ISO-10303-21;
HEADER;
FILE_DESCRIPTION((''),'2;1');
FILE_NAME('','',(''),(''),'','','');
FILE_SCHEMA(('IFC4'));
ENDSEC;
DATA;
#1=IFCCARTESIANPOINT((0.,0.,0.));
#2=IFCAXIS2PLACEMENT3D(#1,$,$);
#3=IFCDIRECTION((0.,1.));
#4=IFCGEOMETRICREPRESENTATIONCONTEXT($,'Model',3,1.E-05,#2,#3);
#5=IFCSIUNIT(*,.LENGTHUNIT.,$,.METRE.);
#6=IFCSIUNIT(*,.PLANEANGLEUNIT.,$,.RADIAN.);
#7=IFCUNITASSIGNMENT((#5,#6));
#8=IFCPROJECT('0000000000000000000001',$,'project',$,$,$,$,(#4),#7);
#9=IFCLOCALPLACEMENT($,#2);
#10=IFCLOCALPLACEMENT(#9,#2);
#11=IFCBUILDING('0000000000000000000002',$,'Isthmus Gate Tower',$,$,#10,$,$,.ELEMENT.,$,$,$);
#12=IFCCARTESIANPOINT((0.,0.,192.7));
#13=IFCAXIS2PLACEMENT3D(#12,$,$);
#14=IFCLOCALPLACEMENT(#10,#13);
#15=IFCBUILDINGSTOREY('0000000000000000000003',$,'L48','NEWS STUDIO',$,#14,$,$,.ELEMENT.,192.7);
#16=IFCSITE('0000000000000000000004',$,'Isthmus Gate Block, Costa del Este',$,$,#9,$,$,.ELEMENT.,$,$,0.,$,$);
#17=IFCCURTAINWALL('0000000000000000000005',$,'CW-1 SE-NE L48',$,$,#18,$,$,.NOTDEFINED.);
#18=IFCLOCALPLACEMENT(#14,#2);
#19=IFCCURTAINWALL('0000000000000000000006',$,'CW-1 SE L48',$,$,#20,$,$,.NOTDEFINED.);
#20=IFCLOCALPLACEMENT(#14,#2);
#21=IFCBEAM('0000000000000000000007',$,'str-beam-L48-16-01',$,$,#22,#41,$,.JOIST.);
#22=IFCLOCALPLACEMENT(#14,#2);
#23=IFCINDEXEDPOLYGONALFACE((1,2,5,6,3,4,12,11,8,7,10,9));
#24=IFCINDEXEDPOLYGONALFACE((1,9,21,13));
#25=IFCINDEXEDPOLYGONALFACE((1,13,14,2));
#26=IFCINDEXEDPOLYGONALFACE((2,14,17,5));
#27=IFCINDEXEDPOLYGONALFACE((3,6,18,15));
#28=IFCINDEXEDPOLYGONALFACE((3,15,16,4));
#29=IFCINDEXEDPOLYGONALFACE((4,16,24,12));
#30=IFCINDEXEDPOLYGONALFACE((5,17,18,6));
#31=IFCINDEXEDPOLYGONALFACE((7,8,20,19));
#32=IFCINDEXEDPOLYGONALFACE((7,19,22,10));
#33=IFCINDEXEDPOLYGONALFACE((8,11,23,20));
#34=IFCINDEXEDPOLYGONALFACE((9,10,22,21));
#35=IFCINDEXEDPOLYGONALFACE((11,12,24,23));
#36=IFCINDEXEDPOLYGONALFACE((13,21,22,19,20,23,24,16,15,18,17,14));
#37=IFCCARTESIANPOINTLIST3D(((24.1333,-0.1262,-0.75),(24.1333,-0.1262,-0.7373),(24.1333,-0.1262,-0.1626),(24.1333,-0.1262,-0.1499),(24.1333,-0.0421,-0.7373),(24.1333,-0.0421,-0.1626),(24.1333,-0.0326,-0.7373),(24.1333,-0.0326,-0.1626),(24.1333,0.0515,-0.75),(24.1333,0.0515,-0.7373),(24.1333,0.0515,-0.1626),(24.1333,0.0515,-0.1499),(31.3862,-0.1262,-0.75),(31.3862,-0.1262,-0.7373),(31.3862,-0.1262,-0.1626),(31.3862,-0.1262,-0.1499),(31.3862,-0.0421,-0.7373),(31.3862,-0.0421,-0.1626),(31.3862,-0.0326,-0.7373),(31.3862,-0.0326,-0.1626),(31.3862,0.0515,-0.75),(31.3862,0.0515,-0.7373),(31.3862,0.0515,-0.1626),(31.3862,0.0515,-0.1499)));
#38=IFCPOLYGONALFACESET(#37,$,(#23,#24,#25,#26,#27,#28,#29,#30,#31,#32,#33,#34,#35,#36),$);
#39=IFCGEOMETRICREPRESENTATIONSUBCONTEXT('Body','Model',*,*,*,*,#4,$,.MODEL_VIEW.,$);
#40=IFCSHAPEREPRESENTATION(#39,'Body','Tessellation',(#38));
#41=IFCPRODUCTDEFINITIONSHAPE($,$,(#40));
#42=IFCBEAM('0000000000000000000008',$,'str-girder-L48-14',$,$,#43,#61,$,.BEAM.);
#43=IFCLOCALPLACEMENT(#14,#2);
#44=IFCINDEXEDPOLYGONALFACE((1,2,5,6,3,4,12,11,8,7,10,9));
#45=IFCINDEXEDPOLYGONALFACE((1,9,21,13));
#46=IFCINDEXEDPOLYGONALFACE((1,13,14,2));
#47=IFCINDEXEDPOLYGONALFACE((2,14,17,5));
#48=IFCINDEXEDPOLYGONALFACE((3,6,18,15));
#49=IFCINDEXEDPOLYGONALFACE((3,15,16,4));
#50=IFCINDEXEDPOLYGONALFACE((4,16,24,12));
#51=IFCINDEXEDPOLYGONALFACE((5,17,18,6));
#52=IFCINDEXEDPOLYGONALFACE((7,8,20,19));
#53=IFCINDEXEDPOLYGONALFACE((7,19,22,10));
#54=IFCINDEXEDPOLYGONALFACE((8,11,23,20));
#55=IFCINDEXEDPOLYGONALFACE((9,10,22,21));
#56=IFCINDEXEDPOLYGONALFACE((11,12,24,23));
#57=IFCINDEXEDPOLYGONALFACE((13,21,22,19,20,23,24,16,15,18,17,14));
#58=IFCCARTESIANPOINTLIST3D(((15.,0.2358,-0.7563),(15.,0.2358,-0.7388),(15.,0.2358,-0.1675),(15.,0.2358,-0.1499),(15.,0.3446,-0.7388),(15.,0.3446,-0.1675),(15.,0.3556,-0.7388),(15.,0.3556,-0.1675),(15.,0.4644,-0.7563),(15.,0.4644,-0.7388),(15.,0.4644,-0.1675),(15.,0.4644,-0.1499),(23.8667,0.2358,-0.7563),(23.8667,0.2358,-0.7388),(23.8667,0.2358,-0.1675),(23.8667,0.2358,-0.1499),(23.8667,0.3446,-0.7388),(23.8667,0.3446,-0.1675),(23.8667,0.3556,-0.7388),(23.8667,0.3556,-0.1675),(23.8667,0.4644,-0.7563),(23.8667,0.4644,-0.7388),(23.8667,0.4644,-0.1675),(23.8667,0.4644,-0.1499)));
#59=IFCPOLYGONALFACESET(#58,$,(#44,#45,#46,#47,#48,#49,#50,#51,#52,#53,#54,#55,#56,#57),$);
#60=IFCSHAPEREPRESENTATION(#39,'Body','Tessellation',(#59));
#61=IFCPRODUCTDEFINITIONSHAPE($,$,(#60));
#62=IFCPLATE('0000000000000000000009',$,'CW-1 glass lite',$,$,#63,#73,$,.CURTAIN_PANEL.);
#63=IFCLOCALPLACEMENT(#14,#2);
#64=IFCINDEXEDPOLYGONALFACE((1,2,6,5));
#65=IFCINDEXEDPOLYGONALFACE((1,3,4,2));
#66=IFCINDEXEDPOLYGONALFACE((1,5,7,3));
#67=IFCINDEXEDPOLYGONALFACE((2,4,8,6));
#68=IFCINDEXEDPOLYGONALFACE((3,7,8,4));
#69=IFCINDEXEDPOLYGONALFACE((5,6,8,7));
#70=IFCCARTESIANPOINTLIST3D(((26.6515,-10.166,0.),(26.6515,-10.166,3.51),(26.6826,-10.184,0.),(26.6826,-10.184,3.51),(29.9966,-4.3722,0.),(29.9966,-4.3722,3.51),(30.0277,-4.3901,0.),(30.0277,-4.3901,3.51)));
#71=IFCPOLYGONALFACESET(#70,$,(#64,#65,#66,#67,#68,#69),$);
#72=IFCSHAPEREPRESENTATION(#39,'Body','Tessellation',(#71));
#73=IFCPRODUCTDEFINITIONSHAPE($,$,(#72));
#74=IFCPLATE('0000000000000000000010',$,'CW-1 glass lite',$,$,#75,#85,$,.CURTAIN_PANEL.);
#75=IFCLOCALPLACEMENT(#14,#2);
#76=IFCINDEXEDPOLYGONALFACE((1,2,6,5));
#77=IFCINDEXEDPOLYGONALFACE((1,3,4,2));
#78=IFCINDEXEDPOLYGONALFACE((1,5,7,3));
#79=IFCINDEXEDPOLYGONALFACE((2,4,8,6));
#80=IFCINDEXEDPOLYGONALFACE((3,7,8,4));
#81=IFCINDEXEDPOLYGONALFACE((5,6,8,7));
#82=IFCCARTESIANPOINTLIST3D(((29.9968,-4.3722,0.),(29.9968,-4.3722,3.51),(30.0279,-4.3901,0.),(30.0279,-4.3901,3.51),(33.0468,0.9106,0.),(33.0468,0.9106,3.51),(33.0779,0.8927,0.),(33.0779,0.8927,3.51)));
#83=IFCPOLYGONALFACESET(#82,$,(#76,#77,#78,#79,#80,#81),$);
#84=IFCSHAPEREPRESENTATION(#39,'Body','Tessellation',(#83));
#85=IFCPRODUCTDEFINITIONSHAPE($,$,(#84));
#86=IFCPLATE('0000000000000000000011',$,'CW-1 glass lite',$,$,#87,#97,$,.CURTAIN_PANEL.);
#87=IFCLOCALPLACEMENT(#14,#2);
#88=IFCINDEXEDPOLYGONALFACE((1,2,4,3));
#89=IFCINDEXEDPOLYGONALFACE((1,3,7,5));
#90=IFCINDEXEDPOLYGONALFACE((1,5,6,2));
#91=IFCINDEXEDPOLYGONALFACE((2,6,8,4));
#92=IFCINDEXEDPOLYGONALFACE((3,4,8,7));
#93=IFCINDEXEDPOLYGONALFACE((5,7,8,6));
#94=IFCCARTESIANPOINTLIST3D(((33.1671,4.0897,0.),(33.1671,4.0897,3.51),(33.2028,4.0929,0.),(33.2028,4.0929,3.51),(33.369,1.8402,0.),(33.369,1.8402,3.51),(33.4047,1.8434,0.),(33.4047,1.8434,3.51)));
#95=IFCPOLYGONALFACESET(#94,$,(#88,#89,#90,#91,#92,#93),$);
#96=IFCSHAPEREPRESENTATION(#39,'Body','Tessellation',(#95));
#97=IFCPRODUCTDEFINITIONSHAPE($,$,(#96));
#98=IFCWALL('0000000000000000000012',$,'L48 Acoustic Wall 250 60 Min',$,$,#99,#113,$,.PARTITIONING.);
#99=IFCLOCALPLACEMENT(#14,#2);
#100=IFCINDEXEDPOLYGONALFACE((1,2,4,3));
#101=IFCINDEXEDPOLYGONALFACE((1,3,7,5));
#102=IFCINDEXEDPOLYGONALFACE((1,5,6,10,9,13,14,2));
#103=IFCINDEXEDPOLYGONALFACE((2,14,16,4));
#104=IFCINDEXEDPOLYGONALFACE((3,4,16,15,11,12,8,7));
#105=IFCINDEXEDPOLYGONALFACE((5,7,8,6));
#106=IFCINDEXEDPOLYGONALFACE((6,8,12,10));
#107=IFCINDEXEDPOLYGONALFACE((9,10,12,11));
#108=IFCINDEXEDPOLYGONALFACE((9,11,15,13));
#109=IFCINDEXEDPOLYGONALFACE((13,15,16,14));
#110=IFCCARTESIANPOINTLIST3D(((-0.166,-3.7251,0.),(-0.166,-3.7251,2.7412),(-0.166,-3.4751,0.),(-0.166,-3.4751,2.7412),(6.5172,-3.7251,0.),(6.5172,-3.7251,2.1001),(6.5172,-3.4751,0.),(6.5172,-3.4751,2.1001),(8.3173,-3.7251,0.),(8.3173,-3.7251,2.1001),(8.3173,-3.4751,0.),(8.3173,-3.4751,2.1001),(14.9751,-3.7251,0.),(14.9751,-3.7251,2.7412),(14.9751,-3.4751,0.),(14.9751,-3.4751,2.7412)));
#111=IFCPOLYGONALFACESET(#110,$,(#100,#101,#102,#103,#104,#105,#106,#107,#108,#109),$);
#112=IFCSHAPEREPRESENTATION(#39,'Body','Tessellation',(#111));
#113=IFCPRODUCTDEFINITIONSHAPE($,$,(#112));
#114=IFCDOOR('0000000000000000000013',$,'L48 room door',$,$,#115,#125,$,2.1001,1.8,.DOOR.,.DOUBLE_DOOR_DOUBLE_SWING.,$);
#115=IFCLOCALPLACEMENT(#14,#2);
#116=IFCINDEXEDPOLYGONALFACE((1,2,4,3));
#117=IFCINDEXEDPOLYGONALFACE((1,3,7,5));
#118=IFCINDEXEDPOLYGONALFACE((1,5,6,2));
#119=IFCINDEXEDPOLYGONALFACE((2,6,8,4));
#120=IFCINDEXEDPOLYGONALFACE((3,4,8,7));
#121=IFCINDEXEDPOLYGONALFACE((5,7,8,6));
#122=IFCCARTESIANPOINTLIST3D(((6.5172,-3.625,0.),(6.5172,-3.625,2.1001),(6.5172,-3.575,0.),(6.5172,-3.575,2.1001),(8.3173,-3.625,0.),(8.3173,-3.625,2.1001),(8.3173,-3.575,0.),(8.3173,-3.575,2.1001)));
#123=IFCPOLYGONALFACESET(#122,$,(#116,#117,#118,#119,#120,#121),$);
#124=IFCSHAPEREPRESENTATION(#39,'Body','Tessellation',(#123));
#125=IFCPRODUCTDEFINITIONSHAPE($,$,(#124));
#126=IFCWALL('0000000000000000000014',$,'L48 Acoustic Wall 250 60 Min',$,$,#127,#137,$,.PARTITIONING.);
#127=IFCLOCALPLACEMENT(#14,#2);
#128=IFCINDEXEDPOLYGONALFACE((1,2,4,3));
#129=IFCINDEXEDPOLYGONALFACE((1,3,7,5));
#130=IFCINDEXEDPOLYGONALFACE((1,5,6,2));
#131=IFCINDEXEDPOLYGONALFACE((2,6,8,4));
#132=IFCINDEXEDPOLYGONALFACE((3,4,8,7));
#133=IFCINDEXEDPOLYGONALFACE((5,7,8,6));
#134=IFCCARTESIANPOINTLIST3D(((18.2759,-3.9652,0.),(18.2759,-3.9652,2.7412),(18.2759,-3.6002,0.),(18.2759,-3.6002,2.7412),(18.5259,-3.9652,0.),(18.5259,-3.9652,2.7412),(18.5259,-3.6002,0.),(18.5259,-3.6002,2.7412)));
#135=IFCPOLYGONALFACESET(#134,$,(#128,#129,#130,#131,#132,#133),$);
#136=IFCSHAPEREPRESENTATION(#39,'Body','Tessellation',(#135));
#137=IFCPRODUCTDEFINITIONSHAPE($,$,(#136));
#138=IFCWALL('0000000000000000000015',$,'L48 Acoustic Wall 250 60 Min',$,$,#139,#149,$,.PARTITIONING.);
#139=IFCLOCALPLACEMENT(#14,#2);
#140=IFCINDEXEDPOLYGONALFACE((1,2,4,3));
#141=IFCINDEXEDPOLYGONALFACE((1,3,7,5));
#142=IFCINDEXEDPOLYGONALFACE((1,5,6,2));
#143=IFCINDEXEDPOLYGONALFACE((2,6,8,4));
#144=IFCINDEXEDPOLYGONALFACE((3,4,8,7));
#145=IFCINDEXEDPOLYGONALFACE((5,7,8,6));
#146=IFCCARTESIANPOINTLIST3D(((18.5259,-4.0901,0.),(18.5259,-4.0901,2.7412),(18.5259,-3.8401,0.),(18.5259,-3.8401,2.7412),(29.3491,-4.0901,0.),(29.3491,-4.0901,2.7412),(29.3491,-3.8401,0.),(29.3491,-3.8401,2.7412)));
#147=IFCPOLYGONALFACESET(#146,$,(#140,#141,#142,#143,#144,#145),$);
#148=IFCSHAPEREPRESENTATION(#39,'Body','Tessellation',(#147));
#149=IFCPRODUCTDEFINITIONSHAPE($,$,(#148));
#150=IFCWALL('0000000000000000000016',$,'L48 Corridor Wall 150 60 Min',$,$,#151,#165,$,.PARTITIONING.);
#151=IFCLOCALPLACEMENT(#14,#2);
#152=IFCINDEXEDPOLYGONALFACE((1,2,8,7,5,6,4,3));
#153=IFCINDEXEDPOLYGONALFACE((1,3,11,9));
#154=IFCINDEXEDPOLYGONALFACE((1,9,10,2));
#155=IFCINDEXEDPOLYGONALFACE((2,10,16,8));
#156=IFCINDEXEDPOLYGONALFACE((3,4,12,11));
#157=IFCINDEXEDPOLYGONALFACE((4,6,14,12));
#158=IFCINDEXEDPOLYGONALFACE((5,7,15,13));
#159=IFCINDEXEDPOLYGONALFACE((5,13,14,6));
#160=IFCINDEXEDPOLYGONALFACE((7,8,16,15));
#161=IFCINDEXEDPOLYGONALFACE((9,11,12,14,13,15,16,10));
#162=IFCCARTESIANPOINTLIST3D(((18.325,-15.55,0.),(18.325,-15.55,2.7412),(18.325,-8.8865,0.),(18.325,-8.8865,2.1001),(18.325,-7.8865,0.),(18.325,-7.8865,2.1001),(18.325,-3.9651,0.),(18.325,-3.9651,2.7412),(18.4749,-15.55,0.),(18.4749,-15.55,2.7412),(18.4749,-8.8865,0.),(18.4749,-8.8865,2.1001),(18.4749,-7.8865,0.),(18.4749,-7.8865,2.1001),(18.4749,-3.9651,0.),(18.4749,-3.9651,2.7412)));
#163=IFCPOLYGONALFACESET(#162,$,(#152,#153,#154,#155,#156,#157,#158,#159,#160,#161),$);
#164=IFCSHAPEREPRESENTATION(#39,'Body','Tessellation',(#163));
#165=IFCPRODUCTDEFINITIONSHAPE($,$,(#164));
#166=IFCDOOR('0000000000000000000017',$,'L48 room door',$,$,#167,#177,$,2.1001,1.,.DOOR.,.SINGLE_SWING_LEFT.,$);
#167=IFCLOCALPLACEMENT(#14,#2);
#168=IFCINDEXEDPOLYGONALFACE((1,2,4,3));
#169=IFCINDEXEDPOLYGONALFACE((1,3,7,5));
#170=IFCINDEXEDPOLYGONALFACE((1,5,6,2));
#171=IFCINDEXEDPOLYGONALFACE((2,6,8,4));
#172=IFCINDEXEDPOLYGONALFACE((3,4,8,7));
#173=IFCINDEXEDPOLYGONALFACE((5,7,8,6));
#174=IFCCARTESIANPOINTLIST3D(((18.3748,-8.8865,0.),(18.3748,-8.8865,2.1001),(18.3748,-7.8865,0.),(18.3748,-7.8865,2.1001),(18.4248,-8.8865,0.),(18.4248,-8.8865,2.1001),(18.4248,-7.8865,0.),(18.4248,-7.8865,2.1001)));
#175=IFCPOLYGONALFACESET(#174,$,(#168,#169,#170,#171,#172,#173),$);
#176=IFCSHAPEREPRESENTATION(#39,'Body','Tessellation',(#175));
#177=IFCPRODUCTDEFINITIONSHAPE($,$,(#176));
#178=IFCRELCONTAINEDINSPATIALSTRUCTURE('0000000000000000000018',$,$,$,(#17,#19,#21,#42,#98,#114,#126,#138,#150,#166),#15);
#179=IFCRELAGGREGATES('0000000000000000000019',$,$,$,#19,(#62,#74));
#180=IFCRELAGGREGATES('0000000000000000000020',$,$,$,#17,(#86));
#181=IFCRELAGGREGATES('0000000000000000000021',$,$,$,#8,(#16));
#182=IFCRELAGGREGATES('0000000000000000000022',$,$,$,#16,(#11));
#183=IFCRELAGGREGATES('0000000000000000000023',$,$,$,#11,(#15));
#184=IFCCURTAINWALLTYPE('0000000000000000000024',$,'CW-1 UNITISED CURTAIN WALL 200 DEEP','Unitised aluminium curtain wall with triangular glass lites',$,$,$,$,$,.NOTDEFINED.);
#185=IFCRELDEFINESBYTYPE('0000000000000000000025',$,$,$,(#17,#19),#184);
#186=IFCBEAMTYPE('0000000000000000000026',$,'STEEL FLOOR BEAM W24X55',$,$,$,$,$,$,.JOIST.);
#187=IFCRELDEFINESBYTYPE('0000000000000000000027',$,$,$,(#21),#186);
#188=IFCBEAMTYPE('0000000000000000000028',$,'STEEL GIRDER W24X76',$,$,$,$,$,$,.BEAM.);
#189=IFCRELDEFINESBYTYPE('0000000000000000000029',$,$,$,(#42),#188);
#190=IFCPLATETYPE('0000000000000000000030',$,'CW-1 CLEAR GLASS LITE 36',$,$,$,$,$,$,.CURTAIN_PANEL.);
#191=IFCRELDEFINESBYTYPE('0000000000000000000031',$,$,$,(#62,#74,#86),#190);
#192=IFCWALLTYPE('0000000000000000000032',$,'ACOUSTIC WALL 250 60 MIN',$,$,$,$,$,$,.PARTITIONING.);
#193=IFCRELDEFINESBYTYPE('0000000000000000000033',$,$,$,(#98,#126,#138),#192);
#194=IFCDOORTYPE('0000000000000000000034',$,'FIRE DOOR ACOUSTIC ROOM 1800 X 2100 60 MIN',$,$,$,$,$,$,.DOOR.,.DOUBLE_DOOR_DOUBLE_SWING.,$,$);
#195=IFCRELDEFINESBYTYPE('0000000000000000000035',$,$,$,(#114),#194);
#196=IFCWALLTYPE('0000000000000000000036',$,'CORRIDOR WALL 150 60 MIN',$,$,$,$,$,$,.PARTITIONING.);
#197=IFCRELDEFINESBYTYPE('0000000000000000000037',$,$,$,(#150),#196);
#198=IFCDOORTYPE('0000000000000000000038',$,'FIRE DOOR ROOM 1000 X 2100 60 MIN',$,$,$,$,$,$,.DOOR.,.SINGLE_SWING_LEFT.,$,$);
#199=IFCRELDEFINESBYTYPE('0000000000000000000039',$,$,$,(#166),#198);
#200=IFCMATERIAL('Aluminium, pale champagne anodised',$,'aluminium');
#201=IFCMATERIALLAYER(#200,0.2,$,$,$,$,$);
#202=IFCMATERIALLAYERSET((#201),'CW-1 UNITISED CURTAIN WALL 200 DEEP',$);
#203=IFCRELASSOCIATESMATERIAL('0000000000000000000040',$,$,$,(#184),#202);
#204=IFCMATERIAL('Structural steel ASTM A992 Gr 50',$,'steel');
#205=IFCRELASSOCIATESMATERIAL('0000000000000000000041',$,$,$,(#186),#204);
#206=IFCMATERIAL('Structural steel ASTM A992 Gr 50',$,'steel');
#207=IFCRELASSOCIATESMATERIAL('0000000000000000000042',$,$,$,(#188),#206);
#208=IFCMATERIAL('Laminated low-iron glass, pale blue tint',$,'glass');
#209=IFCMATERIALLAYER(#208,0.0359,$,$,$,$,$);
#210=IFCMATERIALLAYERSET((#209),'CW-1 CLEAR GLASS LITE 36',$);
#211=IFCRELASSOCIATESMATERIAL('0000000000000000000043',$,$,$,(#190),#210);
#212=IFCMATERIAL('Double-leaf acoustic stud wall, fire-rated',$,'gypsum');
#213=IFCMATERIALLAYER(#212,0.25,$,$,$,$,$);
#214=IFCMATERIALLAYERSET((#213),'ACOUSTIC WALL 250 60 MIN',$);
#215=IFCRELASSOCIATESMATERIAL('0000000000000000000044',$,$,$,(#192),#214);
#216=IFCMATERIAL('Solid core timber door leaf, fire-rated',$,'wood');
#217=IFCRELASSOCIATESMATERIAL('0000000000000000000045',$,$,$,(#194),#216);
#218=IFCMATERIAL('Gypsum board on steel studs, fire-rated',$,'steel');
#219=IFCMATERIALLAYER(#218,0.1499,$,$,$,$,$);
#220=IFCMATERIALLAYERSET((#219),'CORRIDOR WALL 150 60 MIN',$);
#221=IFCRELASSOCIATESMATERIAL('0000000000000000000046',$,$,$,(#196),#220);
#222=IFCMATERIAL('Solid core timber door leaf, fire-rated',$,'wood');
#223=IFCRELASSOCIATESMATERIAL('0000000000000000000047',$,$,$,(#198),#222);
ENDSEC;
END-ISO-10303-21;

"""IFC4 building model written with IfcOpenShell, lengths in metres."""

from ifc_helpers import new_model, si_unit, direction, frame, frame_2d, origin, origin_2d, place, context, subcontext, project, spatial, rectangle, i_section, extrude, material, layer, layer_set, material_profile, profile_set, type_object, element, fill, aggregate, save


model = new_model("IFC4")

# Units and contexts
model_context = context("Model", 3, precision=1e-05, world=origin(), true_north=direction((0.0, 1.0)))
body_context = subcontext(model_context, "Body", "Model", "MODEL_VIEW")
ifc_project = project(units=[si_unit("LENGTHUNIT", "METRE"), si_unit("PLANEANGLEUNIT", "RADIAN")], contexts=[model_context])

# Site, building, storey
site_placement = place(None, origin())
site = spatial("IfcSite", under=ifc_project, at=site_placement, Name="Isthmus Gate Block, Costa del Este", CompositionType="ELEMENT", RefElevation=0.0)
building_placement = place(site_placement, origin())
building = spatial("IfcBuilding", under=site, at=building_placement, Name="Isthmus Gate Tower", CompositionType="ELEMENT")
storey_placement = place(building_placement, frame((0.0, 0.0, 192.7)))
storey = spatial("IfcBuildingStorey", under=building, at=storey_placement, Name="L48", Description="NEWS STUDIO", CompositionType="ELEMENT", Elevation=192.7)

# Curtain walls
ifc_material_1 = material(Name="Aluminium, pale champagne anodised", Category="aluminium")
ifc_layer_1 = layer(ifc_material_1, 0.2)
ifc_layer_set_1 = layer_set([ifc_layer_1], Name="CW-1 UNITISED CURTAIN WALL 200 DEEP")
curtain_wall_type = type_object("IfcCurtainWallType", Name="CW-1 UNITISED CURTAIN WALL 200 DEEP", Description="Unitised aluminium curtain wall with triangular glass lites", PredefinedType="NOTDEFINED", material=ifc_layer_set_1)
curtain_wall_1_placement = place(storey_placement, origin())
curtain_wall_1 = element("IfcCurtainWall", 1, at=curtain_wall_1_placement, inside=storey, type_object=curtain_wall_type, Name="CW-1 SE-NE L48", PredefinedType="NOTDEFINED")
curtain_wall_2_placement = place(storey_placement, origin())
curtain_wall_2 = element("IfcCurtainWall", 2, at=curtain_wall_2_placement, inside=storey, type_object=curtain_wall_type, Name="CW-1 SE L48", PredefinedType="NOTDEFINED")

# Beams
ifc_material_2 = material(Name="Structural steel ASTM A992 Gr 50", Category="steel")
ifc_material_profile_1 = material_profile(ifc_material_2, i_section(OverallWidth=0.1777, OverallDepth=0.6001, WebThickness=0.0095, FlangeThickness=0.0127, at=origin_2d()), Name="W24X55")
ifc_profile_set_1 = profile_set([ifc_material_profile_1], Name="Structural steel ASTM A992 Gr 50")
beam_type_1 = type_object("IfcBeamType", Name="STEEL FLOOR BEAM W24X55", PredefinedType="JOIST", material=ifc_profile_set_1)
beam_1_placement = place(storey_placement, frame((24.1333, -0.0374, -0.45), z_axis=(1.0, 0.0, 0.0), x_axis=(0.0, 1.0, 0.0)))
element("IfcBeam", 3, at=beam_1_placement, inside=storey, type_object=beam_type_1, Name="str-beam-L48-16-01", PredefinedType="JOIST", context=body_context, shape_type="SweptSolid", body=[
    extrude(i_section(OverallWidth=0.1777, OverallDepth=0.6001, WebThickness=0.0095, FlangeThickness=0.0127, at=origin_2d()), origin(), (0.0, 0.0, 1.0), 7.2529),
])
ifc_material_3 = material(Name="Structural steel ASTM A992 Gr 50", Category="steel")
ifc_material_profile_2 = material_profile(ifc_material_3, i_section(OverallWidth=0.2285, OverallDepth=0.6064, WebThickness=0.011, FlangeThickness=0.0176, at=origin_2d()), Name="W24X76")
ifc_profile_set_2 = profile_set([ifc_material_profile_2], Name="Structural steel ASTM A992 Gr 50")
beam_type_2 = type_object("IfcBeamType", Name="STEEL GIRDER W24X76", PredefinedType="BEAM", material=ifc_profile_set_2)
beam_2_placement = place(storey_placement, frame((15.0, 0.3501, -0.4531), z_axis=(1.0, 0.0, 0.0), x_axis=(0.0, 1.0, 0.0)))
element("IfcBeam", 4, at=beam_2_placement, inside=storey, type_object=beam_type_2, Name="str-girder-L48-14", PredefinedType="BEAM", context=body_context, shape_type="SweptSolid", body=[
    extrude(i_section(OverallWidth=0.2285, OverallDepth=0.6064, WebThickness=0.011, FlangeThickness=0.0176, at=origin_2d()), origin(), (0.0, 0.0, 1.0), 8.8667),
])

# Plates
ifc_material_4 = material(Name="Laminated low-iron glass, pale blue tint", Category="glass")
ifc_layer_2 = layer(ifc_material_4, 0.0359)
ifc_layer_set_2 = layer_set([ifc_layer_2], Name="CW-1 CLEAR GLASS LITE 36")
plate_type = type_object("IfcPlateType", Name="CW-1 CLEAR GLASS LITE 36", PredefinedType="CURTAIN_PANEL", material=ifc_layer_set_2)
plate_1_placement = place(storey_placement, frame((28.3396, -7.2781, 0.0), z_axis=(0.0, 0.0, 1.0), x_axis=(0.5, 0.866025, 0.0)))
plate_1 = element("IfcPlate", 5, at=plate_1_placement, type_object=plate_type, Name="CW-1 glass lite", PredefinedType="CURTAIN_PANEL", context=body_context, shape_type="SweptSolid", body=[
    extrude(rectangle(XDim=6.6902, YDim=0.0359, at=origin_2d()), origin(), (0.0, 0.0, 1.0), 3.51),
])
plate_2_placement = place(storey_placement, frame((31.5374, -1.7397, 0.0), z_axis=(0.0, 0.0, 1.0), x_axis=(0.5, 0.866025, 0.0)))
plate_2 = element("IfcPlate", 6, at=plate_2_placement, type_object=plate_type, Name="CW-1 glass lite", PredefinedType="CURTAIN_PANEL", context=body_context, shape_type="SweptSolid", body=[
    extrude(rectangle(XDim=6.1001, YDim=0.0359, at=origin_2d()), origin(), (0.0, 0.0, 1.0), 3.51),
])
aggregate(curtain_wall_2, [plate_1, plate_2])
plate_3_placement = place(storey_placement, frame((33.2859, 2.9666, 0.0), z_axis=(0.0, 0.0, 1.0), x_axis=(-0.089397, 0.995996, 0.0)))
plate_3 = element("IfcPlate", 7, at=plate_3_placement, type_object=plate_type, Name="CW-1 glass lite", PredefinedType="CURTAIN_PANEL", context=body_context, shape_type="SweptSolid", body=[
    extrude(rectangle(XDim=2.2585, YDim=0.0359, at=origin_2d()), origin(), (0.0, 0.0, 1.0), 3.51),
])
aggregate(curtain_wall_1, [plate_3])

# Wall, opening, door
ifc_material_5 = material(Name="Double-leaf acoustic stud wall, fire-rated", Category="gypsum")
ifc_layer_3 = layer(ifc_material_5, 0.25)
ifc_layer_set_3 = layer_set([ifc_layer_3], Name="ACOUSTIC WALL 250 60 MIN")
wall_type_1 = type_object("IfcWallType", Name="ACOUSTIC WALL 250 60 MIN", PredefinedType="PARTITIONING", material=ifc_layer_set_3)
wall_1_placement = place(storey_placement, frame((14.9751, -3.6001, 0.0), z_axis=(0.0, 0.0, 1.0), x_axis=(-1.0, 0.0, 0.0)))
wall_1 = element("IfcWall", 8, at=wall_1_placement, inside=storey, type_object=wall_type_1, Name="L48 Acoustic Wall 250 60 Min", PredefinedType="PARTITIONING", context=body_context, shape_type="SweptSolid", body=[
    extrude(rectangle(XDim=15.1411, YDim=0.25, at=frame_2d((7.5706, 0.0))), origin(), (0.0, 0.0, 1.0), 2.7412),
])
opening_1_placement = place(wall_1_placement, frame((6.658, 0.0, 0.0)))
opening_1 = element("IfcOpeningElement", 9, at=opening_1_placement, cuts=wall_1, PredefinedType="OPENING", context=body_context, shape_type="SweptSolid", body=[
    extrude(rectangle(XDim=1.8, YDim=2.1001, at=frame_2d((0.8999, 1.05))), frame((0.0, 0.135, 0.0), z_axis=(0.0, -1.0, 0.0), x_axis=(1.0, 0.0, 0.0)), (0.0, 0.0, 1.0), 0.27),
])
ifc_material_6 = material(Name="Solid core timber door leaf, fire-rated", Category="wood")
door_type_1 = type_object("IfcDoorType", Name="FIRE DOOR ACOUSTIC ROOM 1800 X 2100 60 MIN", OperationType="DOUBLE_DOOR_DOUBLE_SWING", PredefinedType="DOOR", material=ifc_material_6)
door_1_placement = place(opening_1_placement, origin())
door_1 = element("IfcDoor", 10, at=door_1_placement, inside=storey, type_object=door_type_1, Name="L48 room door", OperationType="DOUBLE_DOOR_DOUBLE_SWING", OverallHeight=2.1001, OverallWidth=1.8, PredefinedType="DOOR", context=body_context, shape_type="SweptSolid", body=[
    extrude(rectangle(XDim=1.8, YDim=2.1001, at=frame_2d((0.8999, 1.05))), frame((0.0, 0.0249, 0.0), z_axis=(0.0, -1.0, 0.0), x_axis=(1.0, 0.0, 0.0)), (0.0, 0.0, 1.0), 0.05),
])
fill(opening_1, door_1)

# Walls
wall_2_placement = place(storey_placement, frame((18.4009, -3.6001, 0.0), z_axis=(0.0, 0.0, 1.0), x_axis=(0.0, -1.0, 0.0)))
element("IfcWall", 11, at=wall_2_placement, inside=storey, type_object=wall_type_1, Name="L48 Acoustic Wall 250 60 Min", PredefinedType="PARTITIONING", context=body_context, shape_type="SweptSolid", body=[
    extrude(rectangle(XDim=0.365, YDim=0.25, at=frame_2d((0.1826, 0.0))), origin(), (0.0, 0.0, 1.0), 2.7412),
])
wall_3_placement = place(storey_placement, frame((18.5259, -3.9651, 0.0), z_axis=(0.0, 0.0, 1.0), x_axis=(1.0, 0.0, 0.0)))
element("IfcWall", 12, at=wall_3_placement, inside=storey, type_object=wall_type_1, Name="L48 Acoustic Wall 250 60 Min", PredefinedType="PARTITIONING", context=body_context, shape_type="SweptSolid", body=[
    extrude(rectangle(XDim=10.8232, YDim=0.25, at=frame_2d((5.4116, 0.0))), origin(), (0.0, 0.0, 1.0), 2.7412),
])

# Wall, opening, door
ifc_material_7 = material(Name="Gypsum board on steel studs, fire-rated", Category="steel")
ifc_layer_4 = layer(ifc_material_7, 0.1499)
ifc_layer_set_4 = layer_set([ifc_layer_4], Name="CORRIDOR WALL 150 60 MIN")
wall_type_2 = type_object("IfcWallType", Name="CORRIDOR WALL 150 60 MIN", PredefinedType="PARTITIONING", material=ifc_layer_set_4)
wall_4_placement = place(storey_placement, frame((18.3999, -3.9651, 0.0), z_axis=(0.0, 0.0, 1.0), x_axis=(0.0, -1.0, 0.0)))
wall_4 = element("IfcWall", 13, at=wall_4_placement, inside=storey, type_object=wall_type_2, Name="L48 Corridor Wall 150 60 Min", PredefinedType="PARTITIONING", context=body_context, shape_type="SweptSolid", body=[
    extrude(rectangle(XDim=11.585, YDim=0.1499, at=frame_2d((5.7925, 0.0))), origin(), (0.0, 0.0, 1.0), 2.7412),
])
opening_2_placement = place(wall_4_placement, frame((3.9214, 0.0, 0.0)))
opening_2 = element("IfcOpeningElement", 14, at=opening_2_placement, cuts=wall_4, PredefinedType="OPENING", context=body_context, shape_type="SweptSolid", body=[
    extrude(rectangle(XDim=1.0, YDim=2.1001, at=frame_2d((0.5, 1.05))), frame((0.0, 0.085, 0.0), z_axis=(0.0, -1.0, 0.0), x_axis=(1.0, 0.0, 0.0)), (0.0, 0.0, 1.0), 0.1699),
])
ifc_material_8 = material(Name="Solid core timber door leaf, fire-rated", Category="wood")
door_type_2 = type_object("IfcDoorType", Name="FIRE DOOR ROOM 1000 X 2100 60 MIN", OperationType="SINGLE_SWING_LEFT", PredefinedType="DOOR", material=ifc_material_8)
door_2_placement = place(opening_2_placement, origin())
door_2 = element("IfcDoor", 15, at=door_2_placement, inside=storey, type_object=door_type_2, Name="L48 room door", OperationType="SINGLE_SWING_LEFT", OverallHeight=2.1001, OverallWidth=1.0, PredefinedType="DOOR", context=body_context, shape_type="SweptSolid", body=[
    extrude(rectangle(XDim=1.0, YDim=2.1001, at=frame_2d((0.5, 1.05))), frame((0.0, 0.0249, 0.0), z_axis=(0.0, -1.0, 0.0), x_axis=(1.0, 0.0, 0.0)), (0.0, 0.0, 1.0), 0.05),
])
fill(opening_2, door_2)

save(model, "model.ifc")
